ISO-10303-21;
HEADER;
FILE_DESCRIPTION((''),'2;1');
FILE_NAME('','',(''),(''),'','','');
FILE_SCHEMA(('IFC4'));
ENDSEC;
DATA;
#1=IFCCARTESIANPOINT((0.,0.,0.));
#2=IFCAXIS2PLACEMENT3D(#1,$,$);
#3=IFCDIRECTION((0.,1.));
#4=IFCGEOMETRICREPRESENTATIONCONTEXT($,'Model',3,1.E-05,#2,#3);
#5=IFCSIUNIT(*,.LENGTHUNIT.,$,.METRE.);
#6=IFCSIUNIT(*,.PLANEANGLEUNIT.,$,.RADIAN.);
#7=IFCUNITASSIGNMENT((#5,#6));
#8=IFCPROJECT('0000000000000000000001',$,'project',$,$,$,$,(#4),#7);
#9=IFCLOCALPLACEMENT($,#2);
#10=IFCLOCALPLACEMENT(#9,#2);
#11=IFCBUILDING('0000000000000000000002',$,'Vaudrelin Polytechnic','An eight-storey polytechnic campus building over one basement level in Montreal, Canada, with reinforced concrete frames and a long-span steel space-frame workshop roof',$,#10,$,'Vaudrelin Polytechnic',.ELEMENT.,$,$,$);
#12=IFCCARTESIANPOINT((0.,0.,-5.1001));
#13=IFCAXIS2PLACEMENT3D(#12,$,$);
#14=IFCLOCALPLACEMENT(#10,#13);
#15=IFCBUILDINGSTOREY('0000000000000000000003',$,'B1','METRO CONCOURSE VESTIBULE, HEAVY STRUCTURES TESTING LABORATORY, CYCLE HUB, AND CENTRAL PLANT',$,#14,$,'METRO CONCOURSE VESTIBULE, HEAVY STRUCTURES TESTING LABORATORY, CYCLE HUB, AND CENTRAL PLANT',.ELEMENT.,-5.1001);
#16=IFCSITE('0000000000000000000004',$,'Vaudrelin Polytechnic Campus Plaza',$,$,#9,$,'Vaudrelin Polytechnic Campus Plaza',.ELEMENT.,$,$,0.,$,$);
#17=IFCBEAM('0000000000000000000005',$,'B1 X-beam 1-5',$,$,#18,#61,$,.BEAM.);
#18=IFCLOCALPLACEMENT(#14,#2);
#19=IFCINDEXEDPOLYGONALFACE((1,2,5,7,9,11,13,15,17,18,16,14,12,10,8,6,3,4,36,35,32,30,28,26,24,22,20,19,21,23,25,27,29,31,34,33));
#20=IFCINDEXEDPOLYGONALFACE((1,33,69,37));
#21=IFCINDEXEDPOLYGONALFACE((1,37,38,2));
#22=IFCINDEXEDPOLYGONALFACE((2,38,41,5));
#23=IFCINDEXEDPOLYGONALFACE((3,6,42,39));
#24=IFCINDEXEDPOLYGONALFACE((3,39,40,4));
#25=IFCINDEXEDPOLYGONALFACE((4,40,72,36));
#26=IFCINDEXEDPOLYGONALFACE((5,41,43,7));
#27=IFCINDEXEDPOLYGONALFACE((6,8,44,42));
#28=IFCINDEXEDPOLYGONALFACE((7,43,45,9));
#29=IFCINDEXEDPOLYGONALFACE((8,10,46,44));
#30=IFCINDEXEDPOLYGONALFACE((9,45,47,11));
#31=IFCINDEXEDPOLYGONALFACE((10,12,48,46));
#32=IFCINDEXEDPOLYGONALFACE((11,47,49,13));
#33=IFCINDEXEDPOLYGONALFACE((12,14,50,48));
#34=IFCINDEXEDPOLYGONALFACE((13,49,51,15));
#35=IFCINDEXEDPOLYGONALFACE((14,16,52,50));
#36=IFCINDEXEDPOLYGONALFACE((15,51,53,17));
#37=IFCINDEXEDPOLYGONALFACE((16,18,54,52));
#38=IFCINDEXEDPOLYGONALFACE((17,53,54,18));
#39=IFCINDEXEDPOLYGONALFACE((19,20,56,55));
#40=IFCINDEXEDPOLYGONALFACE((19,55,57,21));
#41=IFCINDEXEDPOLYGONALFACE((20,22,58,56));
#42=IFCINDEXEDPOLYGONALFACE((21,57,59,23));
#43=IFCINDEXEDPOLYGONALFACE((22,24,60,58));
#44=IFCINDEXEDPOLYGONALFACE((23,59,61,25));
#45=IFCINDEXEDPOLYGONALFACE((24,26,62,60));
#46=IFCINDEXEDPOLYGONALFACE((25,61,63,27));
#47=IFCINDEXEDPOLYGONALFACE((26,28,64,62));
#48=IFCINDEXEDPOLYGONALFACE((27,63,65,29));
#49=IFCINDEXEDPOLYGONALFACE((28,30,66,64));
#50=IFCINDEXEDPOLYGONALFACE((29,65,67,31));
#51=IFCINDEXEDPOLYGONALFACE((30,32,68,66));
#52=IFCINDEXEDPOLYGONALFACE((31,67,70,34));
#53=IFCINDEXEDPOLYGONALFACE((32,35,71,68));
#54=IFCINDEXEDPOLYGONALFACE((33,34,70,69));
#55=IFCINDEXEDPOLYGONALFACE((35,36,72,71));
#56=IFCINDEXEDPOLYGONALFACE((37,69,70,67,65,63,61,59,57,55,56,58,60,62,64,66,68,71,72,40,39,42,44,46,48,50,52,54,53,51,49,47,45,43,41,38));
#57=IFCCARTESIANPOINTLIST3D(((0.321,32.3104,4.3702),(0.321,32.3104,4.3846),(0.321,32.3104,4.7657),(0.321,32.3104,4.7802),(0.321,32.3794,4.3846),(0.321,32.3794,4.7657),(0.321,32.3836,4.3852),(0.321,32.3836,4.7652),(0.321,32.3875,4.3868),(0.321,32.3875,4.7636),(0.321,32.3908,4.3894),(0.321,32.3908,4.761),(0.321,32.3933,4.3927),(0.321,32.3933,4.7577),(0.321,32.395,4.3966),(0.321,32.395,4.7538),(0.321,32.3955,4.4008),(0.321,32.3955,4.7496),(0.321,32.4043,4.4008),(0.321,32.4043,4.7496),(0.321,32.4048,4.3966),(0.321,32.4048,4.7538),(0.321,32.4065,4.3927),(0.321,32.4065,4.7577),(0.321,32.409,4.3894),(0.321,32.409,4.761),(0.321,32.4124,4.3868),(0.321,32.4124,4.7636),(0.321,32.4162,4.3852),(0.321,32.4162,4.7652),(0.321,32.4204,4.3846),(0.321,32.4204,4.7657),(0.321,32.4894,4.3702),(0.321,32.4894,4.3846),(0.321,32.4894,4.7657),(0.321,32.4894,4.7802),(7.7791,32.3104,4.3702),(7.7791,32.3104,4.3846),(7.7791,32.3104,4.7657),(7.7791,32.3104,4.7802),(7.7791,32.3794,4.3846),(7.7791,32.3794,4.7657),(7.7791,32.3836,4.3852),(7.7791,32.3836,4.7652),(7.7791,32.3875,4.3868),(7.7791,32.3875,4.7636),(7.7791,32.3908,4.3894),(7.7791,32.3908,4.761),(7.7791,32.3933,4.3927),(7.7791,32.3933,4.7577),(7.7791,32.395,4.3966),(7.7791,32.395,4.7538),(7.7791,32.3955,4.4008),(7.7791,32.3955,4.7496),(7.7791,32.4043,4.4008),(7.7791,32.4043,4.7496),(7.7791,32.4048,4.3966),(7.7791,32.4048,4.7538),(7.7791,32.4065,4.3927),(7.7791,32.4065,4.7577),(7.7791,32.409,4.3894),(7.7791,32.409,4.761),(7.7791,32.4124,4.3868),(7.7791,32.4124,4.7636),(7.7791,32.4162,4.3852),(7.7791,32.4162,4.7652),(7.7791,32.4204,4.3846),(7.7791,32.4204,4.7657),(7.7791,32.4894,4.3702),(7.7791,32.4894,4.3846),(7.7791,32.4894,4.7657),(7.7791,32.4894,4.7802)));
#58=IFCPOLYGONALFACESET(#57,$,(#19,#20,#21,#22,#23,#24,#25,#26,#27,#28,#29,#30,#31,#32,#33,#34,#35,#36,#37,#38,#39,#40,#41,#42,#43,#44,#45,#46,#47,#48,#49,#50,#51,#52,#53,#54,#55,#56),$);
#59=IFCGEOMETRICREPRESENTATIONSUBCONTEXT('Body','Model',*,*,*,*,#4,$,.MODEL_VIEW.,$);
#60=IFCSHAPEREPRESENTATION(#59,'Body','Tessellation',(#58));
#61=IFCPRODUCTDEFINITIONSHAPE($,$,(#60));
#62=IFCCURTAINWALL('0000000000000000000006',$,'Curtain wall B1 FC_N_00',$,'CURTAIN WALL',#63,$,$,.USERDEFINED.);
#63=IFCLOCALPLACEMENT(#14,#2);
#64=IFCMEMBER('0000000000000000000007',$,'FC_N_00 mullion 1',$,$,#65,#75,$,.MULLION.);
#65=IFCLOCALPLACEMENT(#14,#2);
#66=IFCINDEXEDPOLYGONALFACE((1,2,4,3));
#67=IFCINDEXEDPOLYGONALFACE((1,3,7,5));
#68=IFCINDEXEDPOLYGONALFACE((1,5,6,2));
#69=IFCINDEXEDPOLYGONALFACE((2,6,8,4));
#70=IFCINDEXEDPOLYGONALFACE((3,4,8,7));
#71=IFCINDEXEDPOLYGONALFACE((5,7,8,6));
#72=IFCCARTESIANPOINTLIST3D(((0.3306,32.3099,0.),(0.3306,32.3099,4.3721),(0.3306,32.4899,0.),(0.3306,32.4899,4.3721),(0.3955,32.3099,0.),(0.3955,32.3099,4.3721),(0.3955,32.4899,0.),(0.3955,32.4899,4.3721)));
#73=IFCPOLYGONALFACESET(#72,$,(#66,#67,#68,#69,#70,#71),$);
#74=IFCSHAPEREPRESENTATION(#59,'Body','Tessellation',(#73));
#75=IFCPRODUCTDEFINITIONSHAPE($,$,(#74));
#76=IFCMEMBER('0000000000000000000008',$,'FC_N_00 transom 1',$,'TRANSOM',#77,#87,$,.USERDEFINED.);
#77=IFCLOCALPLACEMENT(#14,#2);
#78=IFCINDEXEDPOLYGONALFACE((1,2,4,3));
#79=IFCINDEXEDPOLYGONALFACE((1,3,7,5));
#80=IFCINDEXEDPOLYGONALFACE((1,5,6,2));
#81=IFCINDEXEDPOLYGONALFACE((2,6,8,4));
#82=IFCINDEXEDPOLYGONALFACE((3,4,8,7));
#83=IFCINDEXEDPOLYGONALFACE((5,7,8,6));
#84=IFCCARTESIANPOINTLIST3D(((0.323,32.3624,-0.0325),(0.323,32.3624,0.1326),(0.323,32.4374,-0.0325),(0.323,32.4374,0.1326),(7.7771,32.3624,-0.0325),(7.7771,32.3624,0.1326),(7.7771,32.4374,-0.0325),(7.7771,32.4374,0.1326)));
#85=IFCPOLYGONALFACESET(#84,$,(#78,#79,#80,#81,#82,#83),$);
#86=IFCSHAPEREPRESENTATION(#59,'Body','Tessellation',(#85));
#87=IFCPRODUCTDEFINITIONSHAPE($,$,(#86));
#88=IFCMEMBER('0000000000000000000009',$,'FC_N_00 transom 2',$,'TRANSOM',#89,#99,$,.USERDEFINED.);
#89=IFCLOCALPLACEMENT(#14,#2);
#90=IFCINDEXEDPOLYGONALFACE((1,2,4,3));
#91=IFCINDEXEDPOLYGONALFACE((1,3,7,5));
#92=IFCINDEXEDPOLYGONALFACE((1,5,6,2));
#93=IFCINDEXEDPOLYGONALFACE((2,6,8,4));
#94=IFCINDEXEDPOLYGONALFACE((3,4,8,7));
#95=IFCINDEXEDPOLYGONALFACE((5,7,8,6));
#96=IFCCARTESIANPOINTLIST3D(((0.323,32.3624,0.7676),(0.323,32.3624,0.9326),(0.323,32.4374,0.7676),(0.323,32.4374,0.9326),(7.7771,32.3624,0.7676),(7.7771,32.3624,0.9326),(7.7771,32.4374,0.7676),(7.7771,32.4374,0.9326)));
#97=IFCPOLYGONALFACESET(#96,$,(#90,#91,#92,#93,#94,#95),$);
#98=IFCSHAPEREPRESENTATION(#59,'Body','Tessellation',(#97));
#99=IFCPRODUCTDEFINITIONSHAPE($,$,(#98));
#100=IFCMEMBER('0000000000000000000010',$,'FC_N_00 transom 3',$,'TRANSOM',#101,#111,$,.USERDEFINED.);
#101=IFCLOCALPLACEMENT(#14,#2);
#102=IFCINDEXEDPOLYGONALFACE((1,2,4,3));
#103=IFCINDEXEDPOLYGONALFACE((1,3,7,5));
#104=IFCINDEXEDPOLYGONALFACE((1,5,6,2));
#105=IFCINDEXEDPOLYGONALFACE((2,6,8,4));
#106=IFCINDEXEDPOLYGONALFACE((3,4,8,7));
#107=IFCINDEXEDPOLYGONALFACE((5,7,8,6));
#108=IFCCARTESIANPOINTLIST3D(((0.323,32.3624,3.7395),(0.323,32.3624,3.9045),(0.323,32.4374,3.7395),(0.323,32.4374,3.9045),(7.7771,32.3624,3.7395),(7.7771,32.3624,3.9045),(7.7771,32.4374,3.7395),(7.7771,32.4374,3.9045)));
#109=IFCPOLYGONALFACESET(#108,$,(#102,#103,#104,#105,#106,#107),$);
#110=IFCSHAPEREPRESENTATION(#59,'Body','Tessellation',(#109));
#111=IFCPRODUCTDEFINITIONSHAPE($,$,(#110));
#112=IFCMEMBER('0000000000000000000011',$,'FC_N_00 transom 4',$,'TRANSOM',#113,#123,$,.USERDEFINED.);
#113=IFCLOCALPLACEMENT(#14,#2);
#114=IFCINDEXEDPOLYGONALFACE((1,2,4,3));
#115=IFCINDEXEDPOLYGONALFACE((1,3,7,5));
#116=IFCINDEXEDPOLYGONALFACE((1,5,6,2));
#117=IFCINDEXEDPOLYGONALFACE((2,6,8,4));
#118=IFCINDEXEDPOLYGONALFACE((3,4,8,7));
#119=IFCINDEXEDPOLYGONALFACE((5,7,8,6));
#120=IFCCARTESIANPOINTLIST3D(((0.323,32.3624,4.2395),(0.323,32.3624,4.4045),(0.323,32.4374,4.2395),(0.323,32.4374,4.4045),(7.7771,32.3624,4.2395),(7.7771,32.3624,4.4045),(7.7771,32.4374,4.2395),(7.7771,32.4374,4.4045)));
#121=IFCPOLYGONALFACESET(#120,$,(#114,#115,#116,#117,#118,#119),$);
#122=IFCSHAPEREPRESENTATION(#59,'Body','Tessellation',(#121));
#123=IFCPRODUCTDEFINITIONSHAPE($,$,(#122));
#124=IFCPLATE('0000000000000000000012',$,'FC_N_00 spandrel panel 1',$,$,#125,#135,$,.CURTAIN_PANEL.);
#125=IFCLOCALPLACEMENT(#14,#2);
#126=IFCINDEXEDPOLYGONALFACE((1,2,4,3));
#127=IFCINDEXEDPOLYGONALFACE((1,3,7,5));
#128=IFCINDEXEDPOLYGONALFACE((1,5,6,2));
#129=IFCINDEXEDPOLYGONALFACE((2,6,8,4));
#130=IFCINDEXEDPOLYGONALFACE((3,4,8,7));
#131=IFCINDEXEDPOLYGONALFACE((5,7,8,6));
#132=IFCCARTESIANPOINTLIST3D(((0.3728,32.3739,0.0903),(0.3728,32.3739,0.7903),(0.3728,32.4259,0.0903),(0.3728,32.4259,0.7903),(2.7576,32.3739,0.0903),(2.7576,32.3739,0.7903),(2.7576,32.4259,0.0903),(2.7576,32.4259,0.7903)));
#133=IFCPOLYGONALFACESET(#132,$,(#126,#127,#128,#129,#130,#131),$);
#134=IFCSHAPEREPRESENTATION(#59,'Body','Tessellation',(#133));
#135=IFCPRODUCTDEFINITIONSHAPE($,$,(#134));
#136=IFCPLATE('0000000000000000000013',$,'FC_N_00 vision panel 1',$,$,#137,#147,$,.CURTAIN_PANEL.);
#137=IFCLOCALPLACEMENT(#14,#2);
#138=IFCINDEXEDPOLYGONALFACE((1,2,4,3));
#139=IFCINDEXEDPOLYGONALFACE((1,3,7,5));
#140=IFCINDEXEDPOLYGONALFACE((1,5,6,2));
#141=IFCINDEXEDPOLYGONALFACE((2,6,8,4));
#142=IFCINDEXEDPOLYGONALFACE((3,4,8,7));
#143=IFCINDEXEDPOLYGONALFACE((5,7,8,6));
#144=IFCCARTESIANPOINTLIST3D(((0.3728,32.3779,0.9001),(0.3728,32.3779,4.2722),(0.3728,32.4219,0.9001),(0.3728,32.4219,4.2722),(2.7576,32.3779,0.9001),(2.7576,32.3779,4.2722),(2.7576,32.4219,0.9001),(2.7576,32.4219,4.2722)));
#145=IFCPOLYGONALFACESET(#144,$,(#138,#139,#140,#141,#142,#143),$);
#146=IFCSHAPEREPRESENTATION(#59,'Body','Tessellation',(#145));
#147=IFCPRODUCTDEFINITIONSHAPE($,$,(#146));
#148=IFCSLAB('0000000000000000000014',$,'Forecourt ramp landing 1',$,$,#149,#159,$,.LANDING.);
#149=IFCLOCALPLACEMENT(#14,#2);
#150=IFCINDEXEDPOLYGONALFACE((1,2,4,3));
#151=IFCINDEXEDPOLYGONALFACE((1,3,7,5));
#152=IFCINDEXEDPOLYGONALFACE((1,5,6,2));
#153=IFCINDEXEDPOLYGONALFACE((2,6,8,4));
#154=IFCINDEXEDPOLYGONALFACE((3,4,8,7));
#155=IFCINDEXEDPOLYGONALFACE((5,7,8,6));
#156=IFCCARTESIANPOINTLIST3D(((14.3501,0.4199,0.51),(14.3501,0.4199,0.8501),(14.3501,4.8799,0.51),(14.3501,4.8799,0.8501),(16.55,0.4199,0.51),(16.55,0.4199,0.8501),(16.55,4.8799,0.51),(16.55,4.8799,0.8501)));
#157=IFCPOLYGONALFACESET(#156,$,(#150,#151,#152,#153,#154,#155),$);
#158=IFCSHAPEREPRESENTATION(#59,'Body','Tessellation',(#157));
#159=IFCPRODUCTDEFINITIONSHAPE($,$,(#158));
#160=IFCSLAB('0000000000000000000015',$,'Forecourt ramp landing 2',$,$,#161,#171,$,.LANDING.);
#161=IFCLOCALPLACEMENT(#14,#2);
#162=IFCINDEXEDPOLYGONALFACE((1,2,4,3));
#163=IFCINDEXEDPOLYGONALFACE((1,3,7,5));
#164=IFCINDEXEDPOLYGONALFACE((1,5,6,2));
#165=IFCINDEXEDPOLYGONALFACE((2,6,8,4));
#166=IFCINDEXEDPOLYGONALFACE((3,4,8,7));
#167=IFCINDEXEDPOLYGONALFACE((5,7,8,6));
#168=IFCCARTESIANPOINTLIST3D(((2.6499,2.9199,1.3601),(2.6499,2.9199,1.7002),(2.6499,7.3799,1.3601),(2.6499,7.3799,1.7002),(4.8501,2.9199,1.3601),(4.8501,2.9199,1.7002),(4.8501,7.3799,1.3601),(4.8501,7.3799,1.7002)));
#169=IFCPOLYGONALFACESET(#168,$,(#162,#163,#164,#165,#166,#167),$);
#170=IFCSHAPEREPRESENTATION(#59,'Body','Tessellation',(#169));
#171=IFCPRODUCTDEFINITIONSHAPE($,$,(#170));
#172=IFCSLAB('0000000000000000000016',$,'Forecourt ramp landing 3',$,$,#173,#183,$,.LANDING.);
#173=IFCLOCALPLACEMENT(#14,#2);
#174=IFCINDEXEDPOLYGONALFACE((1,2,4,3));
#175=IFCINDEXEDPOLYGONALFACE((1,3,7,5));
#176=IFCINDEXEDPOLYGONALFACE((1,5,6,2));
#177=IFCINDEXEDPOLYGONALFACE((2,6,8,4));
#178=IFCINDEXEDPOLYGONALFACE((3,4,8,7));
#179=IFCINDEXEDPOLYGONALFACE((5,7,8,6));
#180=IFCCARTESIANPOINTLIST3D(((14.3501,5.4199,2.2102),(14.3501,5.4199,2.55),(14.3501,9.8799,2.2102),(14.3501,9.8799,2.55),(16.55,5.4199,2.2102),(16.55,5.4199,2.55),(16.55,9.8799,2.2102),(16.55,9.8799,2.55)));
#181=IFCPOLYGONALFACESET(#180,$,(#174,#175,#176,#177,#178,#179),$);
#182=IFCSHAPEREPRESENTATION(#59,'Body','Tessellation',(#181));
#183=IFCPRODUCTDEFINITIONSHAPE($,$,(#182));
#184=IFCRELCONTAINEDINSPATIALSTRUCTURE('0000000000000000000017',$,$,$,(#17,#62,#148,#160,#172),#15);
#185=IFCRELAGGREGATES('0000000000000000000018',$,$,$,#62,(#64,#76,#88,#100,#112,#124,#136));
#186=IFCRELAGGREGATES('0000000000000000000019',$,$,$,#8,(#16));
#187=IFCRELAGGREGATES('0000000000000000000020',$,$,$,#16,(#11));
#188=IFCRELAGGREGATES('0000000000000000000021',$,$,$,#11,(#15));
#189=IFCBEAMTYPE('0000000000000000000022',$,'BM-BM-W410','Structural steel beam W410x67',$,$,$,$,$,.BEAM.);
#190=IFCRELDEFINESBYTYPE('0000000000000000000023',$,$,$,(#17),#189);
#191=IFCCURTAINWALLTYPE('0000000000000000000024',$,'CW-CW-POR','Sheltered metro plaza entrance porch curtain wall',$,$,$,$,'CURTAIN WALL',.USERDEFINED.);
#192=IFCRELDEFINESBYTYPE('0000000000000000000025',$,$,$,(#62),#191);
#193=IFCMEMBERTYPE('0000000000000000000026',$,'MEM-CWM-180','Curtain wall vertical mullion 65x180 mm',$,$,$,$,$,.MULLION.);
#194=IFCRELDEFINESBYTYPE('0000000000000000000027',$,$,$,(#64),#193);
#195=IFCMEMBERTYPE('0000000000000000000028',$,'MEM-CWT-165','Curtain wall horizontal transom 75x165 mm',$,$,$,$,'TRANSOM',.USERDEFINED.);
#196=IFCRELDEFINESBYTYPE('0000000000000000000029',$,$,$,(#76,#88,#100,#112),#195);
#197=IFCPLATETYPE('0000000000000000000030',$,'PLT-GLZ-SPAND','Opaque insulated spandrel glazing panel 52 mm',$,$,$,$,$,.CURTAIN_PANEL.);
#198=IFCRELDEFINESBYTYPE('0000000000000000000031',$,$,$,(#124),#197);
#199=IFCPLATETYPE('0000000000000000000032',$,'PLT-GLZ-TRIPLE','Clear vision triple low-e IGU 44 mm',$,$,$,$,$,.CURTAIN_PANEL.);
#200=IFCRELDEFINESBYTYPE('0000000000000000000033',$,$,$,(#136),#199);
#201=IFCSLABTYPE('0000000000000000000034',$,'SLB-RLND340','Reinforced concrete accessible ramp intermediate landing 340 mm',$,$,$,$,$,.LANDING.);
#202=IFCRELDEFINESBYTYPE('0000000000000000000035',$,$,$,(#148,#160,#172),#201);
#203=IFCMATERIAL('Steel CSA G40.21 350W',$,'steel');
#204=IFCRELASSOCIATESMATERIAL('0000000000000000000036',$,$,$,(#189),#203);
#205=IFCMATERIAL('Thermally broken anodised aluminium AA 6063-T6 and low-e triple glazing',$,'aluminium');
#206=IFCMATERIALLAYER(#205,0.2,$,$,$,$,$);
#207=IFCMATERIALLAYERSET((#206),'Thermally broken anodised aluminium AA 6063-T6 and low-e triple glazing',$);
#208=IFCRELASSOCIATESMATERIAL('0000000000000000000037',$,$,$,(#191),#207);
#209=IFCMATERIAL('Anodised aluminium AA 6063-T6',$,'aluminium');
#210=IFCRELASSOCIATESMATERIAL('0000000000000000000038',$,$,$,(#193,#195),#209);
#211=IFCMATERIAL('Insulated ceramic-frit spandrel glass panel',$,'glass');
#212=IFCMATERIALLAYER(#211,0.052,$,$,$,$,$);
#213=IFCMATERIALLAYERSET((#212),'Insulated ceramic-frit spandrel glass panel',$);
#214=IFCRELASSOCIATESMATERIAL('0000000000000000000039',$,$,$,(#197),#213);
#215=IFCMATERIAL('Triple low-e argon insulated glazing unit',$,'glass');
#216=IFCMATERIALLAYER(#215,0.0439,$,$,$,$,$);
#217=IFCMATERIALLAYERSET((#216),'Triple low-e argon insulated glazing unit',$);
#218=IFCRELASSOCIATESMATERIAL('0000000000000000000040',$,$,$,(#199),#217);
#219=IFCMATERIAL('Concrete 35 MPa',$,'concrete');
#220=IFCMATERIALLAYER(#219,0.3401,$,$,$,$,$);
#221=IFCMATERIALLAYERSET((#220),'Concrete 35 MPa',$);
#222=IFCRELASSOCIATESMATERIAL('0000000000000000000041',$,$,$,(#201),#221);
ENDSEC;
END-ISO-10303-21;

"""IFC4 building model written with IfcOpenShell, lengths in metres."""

from ifc_helpers import new_model, si_unit, direction, frame, origin, origin_2d, place, context, subcontext, project, spatial, polyline, rectangle, i_section, outline, extrude, material, layer, layer_set, material_profile, profile_set, type_object, element, aggregate, save


model = new_model("IFC4")

# Units and contexts
model_context = context("Model", 3, precision=1e-05, world=origin(), true_north=direction((0.0, 1.0)))
body_context = subcontext(model_context, "Body", "Model", "MODEL_VIEW")
ifc_project = project(units=[si_unit("LENGTHUNIT", "METRE"), si_unit("PLANEANGLEUNIT", "RADIAN")], contexts=[model_context])

# Site, building, storey
site_placement = place(None, origin())
site = spatial("IfcSite", under=ifc_project, at=site_placement, Name="Vaudrelin Polytechnic Campus Plaza", LongName="Vaudrelin Polytechnic Campus Plaza", CompositionType="ELEMENT", RefElevation=0.0)
building_placement = place(site_placement, origin())
building = spatial("IfcBuilding", under=site, at=building_placement, Name="Vaudrelin Polytechnic", Description="An eight-storey polytechnic campus building over one basement level in Montreal, Canada, with reinforced concrete frames and a long-span steel space-frame workshop roof", LongName="Vaudrelin Polytechnic", CompositionType="ELEMENT")
storey_placement = place(building_placement, frame((0.0, 0.0, -5.1001)))
storey = spatial("IfcBuildingStorey", under=building, at=storey_placement, Name="B1", Description="METRO CONCOURSE VESTIBULE, HEAVY STRUCTURES TESTING LABORATORY, CYCLE HUB, AND CENTRAL PLANT", LongName="METRO CONCOURSE VESTIBULE, HEAVY STRUCTURES TESTING LABORATORY, CYCLE HUB, AND CENTRAL PLANT", CompositionType="ELEMENT", Elevation=-5.1001)

# Shared definitions
ifc_material_1 = material(Name="Steel CSA G40.21 350W", Category="steel")

# Beam
ifc_material_profile_1 = material_profile(ifc_material_1, i_section(OverallWidth=0.179, OverallDepth=0.4099, WebThickness=0.0088, FlangeThickness=0.0144, FilletRadius=0.0161, at=origin_2d()), Name="W410x67")
ifc_profile_set_1 = profile_set([ifc_material_profile_1], Name="Steel CSA G40.21 350W")
beam_type = type_object("IfcBeamType", Name="BM-BM-W410", Description="Structural steel beam W410x67", PredefinedType="BEAM", material=ifc_profile_set_1)
beam_placement = place(storey_placement, frame((0.321, 32.3999, 4.5752), z_axis=(1.0, 0.0, 0.0), x_axis=(0.0, 1.0, 0.0)))
element("IfcBeam", 1, at=beam_placement, inside=storey, type_object=beam_type, Name="B1 X-beam 1-5", PredefinedType="BEAM", context=body_context, shape_type="SweptSolid", body=[
    extrude(i_section(OverallWidth=0.179, OverallDepth=0.4099, WebThickness=0.0088, FlangeThickness=0.0144, FilletRadius=0.0161, at=origin_2d()), origin(), (0.0, 0.0, 1.0), 7.458),
])

# Curtain wall, members, plates
ifc_material_2 = material(Name="Thermally broken anodised aluminium AA 6063-T6 and low-e triple glazing", Category="aluminium")
ifc_layer_1 = layer(ifc_material_2, 0.2)
ifc_layer_set_1 = layer_set([ifc_layer_1], Name="Thermally broken anodised aluminium AA 6063-T6 and low-e triple glazing")
curtain_wall_type = type_object("IfcCurtainWallType", Name="CW-CW-POR", Description="Sheltered metro plaza entrance porch curtain wall", ElementType="CURTAIN WALL", PredefinedType="USERDEFINED", material=ifc_layer_set_1)
curtain_wall_placement = place(storey_placement, origin())
curtain_wall = element("IfcCurtainWall", 2, at=curtain_wall_placement, inside=storey, type_object=curtain_wall_type, Name="Curtain wall B1 FC_N_00", ObjectType="CURTAIN WALL", PredefinedType="USERDEFINED")
ifc_material_3 = material(Name="Anodised aluminium AA 6063-T6", Category="aluminium")
ifc_material_profile_2 = material_profile(ifc_material_3, rectangle(XDim=0.0649, YDim=0.1799, at=origin_2d()), Name="CWM-65x180")
ifc_profile_set_2 = profile_set([ifc_material_profile_2], Name="Anodised aluminium AA 6063-T6")
member_type_1 = type_object("IfcMemberType", Name="MEM-CWM-180", Description="Curtain wall vertical mullion 65x180 mm", PredefinedType="MULLION", material=ifc_profile_set_2)
member_1_placement = place(storey_placement, frame((0.363, 32.3999, 0.0), z_axis=(0.0, 0.0, 1.0), x_axis=(1.0, 0.0, 0.0)))
member_1 = element("IfcMember", 3, at=member_1_placement, type_object=member_type_1, Name="FC_N_00 mullion 1", PredefinedType="MULLION", context=body_context, shape_type="SweptSolid", body=[
    extrude(rectangle(XDim=0.0649, YDim=0.1799, at=origin_2d()), origin(), (0.0, 0.0, 1.0), 4.3721),
])
ifc_material_profile_3 = material_profile(ifc_material_3, rectangle(XDim=0.075, YDim=0.165, at=origin_2d()), Name="CWT-75x165")
ifc_profile_set_3 = profile_set([ifc_material_profile_3], Name="Anodised aluminium AA 6063-T6")
member_type_2 = type_object("IfcMemberType", Name="MEM-CWT-165", Description="Curtain wall horizontal transom 75x165 mm", ElementType="TRANSOM", PredefinedType="USERDEFINED", material=ifc_profile_set_3)
member_2_placement = place(storey_placement, frame((0.323, 32.3999, 0.05), z_axis=(1.0, 0.0, 0.0), x_axis=(0.0, 1.0, 0.0)))
member_2 = element("IfcMember", 4, at=member_2_placement, type_object=member_type_2, Name="FC_N_00 transom 1", ObjectType="TRANSOM", PredefinedType="USERDEFINED", context=body_context, shape_type="SweptSolid", body=[
    extrude(rectangle(XDim=0.075, YDim=0.165, at=origin_2d()), origin(), (0.0, 0.0, 1.0), 7.4541),
])
member_3_placement = place(storey_placement, frame((0.323, 32.3999, 0.8501), z_axis=(1.0, 0.0, 0.0), x_axis=(0.0, 1.0, 0.0)))
member_3 = element("IfcMember", 5, at=member_3_placement, type_object=member_type_2, Name="FC_N_00 transom 2", ObjectType="TRANSOM", PredefinedType="USERDEFINED", context=body_context, shape_type="SweptSolid", body=[
    extrude(rectangle(XDim=0.075, YDim=0.165, at=origin_2d()), origin(), (0.0, 0.0, 1.0), 7.4541),
])
member_4_placement = place(storey_placement, frame((0.323, 32.3999, 3.822), z_axis=(1.0, 0.0, 0.0), x_axis=(0.0, 1.0, 0.0)))
member_4 = element("IfcMember", 6, at=member_4_placement, type_object=member_type_2, Name="FC_N_00 transom 3", ObjectType="TRANSOM", PredefinedType="USERDEFINED", context=body_context, shape_type="SweptSolid", body=[
    extrude(rectangle(XDim=0.075, YDim=0.165, at=origin_2d()), origin(), (0.0, 0.0, 1.0), 7.4541),
])
member_5_placement = place(storey_placement, frame((0.323, 32.3999, 4.322), z_axis=(1.0, 0.0, 0.0), x_axis=(0.0, 1.0, 0.0)))
member_5 = element("IfcMember", 7, at=member_5_placement, type_object=member_type_2, Name="FC_N_00 transom 4", ObjectType="TRANSOM", PredefinedType="USERDEFINED", context=body_context, shape_type="SweptSolid", body=[
    extrude(rectangle(XDim=0.075, YDim=0.165, at=origin_2d()), origin(), (0.0, 0.0, 1.0), 7.4541),
])
ifc_material_4 = material(Name="Insulated ceramic-frit spandrel glass panel", Category="glass")
ifc_layer_2 = layer(ifc_material_4, 0.052)
ifc_layer_set_2 = layer_set([ifc_layer_2], Name="Insulated ceramic-frit spandrel glass panel")
plate_type_1 = type_object("IfcPlateType", Name="PLT-GLZ-SPAND", Description="Opaque insulated spandrel glazing panel 52 mm", PredefinedType="CURTAIN_PANEL", material=ifc_layer_set_2)
plate_1_placement = place(storey_placement, frame((1.5652, 32.3999, 0.0903), z_axis=(0.0, 0.0, 1.0), x_axis=(1.0, 0.0, 0.0)))
plate_1 = element("IfcPlate", 8, at=plate_1_placement, type_object=plate_type_1, Name="FC_N_00 spandrel panel 1", PredefinedType="CURTAIN_PANEL", context=body_context, shape_type="SweptSolid", body=[
    extrude(rectangle(XDim=2.3848, YDim=0.052, at=origin_2d()), origin(), (0.0, 0.0, 1.0), 0.7),
])
ifc_material_5 = material(Name="Triple low-e argon insulated glazing unit", Category="glass")
ifc_layer_3 = layer(ifc_material_5, 0.0439)
ifc_layer_set_3 = layer_set([ifc_layer_3], Name="Triple low-e argon insulated glazing unit")
plate_type_2 = type_object("IfcPlateType", Name="PLT-GLZ-TRIPLE", Description="Clear vision triple low-e IGU 44 mm", PredefinedType="CURTAIN_PANEL", material=ifc_layer_set_3)
plate_2_placement = place(storey_placement, frame((1.5652, 32.3999, 0.9001), z_axis=(0.0, 0.0, 1.0), x_axis=(1.0, 0.0, 0.0)))
plate_2 = element("IfcPlate", 9, at=plate_2_placement, type_object=plate_type_2, Name="FC_N_00 vision panel 1", PredefinedType="CURTAIN_PANEL", context=body_context, shape_type="SweptSolid", body=[
    extrude(rectangle(XDim=2.3848, YDim=0.0439, at=origin_2d()), origin(), (0.0, 0.0, 1.0), 3.3721),
])
aggregate(curtain_wall, [member_1, member_2, member_3, member_4, member_5, plate_1, plate_2])

# Slabs
ifc_material_6 = material(Name="Concrete 35 MPa", Category="concrete")
ifc_layer_4 = layer(ifc_material_6, 0.3401)
ifc_layer_set_4 = layer_set([ifc_layer_4], Name="Concrete 35 MPa")
slab_type = type_object("IfcSlabType", Name="SLB-RLND340", Description="Reinforced concrete accessible ramp intermediate landing 340 mm", PredefinedType="LANDING", material=ifc_layer_set_4)
slab_1_placement = place(storey_placement, frame((0.0, 0.0, 0.51)))
element("IfcSlab", 10, at=slab_1_placement, inside=storey, type_object=slab_type, Name="Forecourt ramp landing 1", PredefinedType="LANDING", context=body_context, shape_type="SweptSolid", body=[
    extrude(outline(polyline([(14.3501, 0.4199), (16.55, 0.4199), (16.55, 4.8799), (14.3501, 4.8799), (14.3501, 0.4199)])), origin(), (0.0, 0.0, 1.0), 0.3401),
])
slab_2_placement = place(storey_placement, frame((0.0, 0.0, 1.3601)))
element("IfcSlab", 11, at=slab_2_placement, inside=storey, type_object=slab_type, Name="Forecourt ramp landing 2", PredefinedType="LANDING", context=body_context, shape_type="SweptSolid", body=[
    extrude(outline(polyline([(2.6499, 2.9199), (4.8501, 2.9199), (4.8501, 7.3799), (2.6499, 7.3799), (2.6499, 2.9199)])), origin(), (0.0, 0.0, 1.0), 0.3401),
])
slab_3_placement = place(storey_placement, frame((0.0, 0.0, 2.2102)))
element("IfcSlab", 12, at=slab_3_placement, inside=storey, type_object=slab_type, Name="Forecourt ramp landing 3", PredefinedType="LANDING", context=body_context, shape_type="SweptSolid", body=[
    extrude(outline(polyline([(14.3501, 5.4199), (16.55, 5.4199), (16.55, 9.8799), (14.3501, 9.8799), (14.3501, 5.4199)])), origin(), (0.0, 0.0, 1.0), 0.3398),
])

save(model, "model.ifc")
